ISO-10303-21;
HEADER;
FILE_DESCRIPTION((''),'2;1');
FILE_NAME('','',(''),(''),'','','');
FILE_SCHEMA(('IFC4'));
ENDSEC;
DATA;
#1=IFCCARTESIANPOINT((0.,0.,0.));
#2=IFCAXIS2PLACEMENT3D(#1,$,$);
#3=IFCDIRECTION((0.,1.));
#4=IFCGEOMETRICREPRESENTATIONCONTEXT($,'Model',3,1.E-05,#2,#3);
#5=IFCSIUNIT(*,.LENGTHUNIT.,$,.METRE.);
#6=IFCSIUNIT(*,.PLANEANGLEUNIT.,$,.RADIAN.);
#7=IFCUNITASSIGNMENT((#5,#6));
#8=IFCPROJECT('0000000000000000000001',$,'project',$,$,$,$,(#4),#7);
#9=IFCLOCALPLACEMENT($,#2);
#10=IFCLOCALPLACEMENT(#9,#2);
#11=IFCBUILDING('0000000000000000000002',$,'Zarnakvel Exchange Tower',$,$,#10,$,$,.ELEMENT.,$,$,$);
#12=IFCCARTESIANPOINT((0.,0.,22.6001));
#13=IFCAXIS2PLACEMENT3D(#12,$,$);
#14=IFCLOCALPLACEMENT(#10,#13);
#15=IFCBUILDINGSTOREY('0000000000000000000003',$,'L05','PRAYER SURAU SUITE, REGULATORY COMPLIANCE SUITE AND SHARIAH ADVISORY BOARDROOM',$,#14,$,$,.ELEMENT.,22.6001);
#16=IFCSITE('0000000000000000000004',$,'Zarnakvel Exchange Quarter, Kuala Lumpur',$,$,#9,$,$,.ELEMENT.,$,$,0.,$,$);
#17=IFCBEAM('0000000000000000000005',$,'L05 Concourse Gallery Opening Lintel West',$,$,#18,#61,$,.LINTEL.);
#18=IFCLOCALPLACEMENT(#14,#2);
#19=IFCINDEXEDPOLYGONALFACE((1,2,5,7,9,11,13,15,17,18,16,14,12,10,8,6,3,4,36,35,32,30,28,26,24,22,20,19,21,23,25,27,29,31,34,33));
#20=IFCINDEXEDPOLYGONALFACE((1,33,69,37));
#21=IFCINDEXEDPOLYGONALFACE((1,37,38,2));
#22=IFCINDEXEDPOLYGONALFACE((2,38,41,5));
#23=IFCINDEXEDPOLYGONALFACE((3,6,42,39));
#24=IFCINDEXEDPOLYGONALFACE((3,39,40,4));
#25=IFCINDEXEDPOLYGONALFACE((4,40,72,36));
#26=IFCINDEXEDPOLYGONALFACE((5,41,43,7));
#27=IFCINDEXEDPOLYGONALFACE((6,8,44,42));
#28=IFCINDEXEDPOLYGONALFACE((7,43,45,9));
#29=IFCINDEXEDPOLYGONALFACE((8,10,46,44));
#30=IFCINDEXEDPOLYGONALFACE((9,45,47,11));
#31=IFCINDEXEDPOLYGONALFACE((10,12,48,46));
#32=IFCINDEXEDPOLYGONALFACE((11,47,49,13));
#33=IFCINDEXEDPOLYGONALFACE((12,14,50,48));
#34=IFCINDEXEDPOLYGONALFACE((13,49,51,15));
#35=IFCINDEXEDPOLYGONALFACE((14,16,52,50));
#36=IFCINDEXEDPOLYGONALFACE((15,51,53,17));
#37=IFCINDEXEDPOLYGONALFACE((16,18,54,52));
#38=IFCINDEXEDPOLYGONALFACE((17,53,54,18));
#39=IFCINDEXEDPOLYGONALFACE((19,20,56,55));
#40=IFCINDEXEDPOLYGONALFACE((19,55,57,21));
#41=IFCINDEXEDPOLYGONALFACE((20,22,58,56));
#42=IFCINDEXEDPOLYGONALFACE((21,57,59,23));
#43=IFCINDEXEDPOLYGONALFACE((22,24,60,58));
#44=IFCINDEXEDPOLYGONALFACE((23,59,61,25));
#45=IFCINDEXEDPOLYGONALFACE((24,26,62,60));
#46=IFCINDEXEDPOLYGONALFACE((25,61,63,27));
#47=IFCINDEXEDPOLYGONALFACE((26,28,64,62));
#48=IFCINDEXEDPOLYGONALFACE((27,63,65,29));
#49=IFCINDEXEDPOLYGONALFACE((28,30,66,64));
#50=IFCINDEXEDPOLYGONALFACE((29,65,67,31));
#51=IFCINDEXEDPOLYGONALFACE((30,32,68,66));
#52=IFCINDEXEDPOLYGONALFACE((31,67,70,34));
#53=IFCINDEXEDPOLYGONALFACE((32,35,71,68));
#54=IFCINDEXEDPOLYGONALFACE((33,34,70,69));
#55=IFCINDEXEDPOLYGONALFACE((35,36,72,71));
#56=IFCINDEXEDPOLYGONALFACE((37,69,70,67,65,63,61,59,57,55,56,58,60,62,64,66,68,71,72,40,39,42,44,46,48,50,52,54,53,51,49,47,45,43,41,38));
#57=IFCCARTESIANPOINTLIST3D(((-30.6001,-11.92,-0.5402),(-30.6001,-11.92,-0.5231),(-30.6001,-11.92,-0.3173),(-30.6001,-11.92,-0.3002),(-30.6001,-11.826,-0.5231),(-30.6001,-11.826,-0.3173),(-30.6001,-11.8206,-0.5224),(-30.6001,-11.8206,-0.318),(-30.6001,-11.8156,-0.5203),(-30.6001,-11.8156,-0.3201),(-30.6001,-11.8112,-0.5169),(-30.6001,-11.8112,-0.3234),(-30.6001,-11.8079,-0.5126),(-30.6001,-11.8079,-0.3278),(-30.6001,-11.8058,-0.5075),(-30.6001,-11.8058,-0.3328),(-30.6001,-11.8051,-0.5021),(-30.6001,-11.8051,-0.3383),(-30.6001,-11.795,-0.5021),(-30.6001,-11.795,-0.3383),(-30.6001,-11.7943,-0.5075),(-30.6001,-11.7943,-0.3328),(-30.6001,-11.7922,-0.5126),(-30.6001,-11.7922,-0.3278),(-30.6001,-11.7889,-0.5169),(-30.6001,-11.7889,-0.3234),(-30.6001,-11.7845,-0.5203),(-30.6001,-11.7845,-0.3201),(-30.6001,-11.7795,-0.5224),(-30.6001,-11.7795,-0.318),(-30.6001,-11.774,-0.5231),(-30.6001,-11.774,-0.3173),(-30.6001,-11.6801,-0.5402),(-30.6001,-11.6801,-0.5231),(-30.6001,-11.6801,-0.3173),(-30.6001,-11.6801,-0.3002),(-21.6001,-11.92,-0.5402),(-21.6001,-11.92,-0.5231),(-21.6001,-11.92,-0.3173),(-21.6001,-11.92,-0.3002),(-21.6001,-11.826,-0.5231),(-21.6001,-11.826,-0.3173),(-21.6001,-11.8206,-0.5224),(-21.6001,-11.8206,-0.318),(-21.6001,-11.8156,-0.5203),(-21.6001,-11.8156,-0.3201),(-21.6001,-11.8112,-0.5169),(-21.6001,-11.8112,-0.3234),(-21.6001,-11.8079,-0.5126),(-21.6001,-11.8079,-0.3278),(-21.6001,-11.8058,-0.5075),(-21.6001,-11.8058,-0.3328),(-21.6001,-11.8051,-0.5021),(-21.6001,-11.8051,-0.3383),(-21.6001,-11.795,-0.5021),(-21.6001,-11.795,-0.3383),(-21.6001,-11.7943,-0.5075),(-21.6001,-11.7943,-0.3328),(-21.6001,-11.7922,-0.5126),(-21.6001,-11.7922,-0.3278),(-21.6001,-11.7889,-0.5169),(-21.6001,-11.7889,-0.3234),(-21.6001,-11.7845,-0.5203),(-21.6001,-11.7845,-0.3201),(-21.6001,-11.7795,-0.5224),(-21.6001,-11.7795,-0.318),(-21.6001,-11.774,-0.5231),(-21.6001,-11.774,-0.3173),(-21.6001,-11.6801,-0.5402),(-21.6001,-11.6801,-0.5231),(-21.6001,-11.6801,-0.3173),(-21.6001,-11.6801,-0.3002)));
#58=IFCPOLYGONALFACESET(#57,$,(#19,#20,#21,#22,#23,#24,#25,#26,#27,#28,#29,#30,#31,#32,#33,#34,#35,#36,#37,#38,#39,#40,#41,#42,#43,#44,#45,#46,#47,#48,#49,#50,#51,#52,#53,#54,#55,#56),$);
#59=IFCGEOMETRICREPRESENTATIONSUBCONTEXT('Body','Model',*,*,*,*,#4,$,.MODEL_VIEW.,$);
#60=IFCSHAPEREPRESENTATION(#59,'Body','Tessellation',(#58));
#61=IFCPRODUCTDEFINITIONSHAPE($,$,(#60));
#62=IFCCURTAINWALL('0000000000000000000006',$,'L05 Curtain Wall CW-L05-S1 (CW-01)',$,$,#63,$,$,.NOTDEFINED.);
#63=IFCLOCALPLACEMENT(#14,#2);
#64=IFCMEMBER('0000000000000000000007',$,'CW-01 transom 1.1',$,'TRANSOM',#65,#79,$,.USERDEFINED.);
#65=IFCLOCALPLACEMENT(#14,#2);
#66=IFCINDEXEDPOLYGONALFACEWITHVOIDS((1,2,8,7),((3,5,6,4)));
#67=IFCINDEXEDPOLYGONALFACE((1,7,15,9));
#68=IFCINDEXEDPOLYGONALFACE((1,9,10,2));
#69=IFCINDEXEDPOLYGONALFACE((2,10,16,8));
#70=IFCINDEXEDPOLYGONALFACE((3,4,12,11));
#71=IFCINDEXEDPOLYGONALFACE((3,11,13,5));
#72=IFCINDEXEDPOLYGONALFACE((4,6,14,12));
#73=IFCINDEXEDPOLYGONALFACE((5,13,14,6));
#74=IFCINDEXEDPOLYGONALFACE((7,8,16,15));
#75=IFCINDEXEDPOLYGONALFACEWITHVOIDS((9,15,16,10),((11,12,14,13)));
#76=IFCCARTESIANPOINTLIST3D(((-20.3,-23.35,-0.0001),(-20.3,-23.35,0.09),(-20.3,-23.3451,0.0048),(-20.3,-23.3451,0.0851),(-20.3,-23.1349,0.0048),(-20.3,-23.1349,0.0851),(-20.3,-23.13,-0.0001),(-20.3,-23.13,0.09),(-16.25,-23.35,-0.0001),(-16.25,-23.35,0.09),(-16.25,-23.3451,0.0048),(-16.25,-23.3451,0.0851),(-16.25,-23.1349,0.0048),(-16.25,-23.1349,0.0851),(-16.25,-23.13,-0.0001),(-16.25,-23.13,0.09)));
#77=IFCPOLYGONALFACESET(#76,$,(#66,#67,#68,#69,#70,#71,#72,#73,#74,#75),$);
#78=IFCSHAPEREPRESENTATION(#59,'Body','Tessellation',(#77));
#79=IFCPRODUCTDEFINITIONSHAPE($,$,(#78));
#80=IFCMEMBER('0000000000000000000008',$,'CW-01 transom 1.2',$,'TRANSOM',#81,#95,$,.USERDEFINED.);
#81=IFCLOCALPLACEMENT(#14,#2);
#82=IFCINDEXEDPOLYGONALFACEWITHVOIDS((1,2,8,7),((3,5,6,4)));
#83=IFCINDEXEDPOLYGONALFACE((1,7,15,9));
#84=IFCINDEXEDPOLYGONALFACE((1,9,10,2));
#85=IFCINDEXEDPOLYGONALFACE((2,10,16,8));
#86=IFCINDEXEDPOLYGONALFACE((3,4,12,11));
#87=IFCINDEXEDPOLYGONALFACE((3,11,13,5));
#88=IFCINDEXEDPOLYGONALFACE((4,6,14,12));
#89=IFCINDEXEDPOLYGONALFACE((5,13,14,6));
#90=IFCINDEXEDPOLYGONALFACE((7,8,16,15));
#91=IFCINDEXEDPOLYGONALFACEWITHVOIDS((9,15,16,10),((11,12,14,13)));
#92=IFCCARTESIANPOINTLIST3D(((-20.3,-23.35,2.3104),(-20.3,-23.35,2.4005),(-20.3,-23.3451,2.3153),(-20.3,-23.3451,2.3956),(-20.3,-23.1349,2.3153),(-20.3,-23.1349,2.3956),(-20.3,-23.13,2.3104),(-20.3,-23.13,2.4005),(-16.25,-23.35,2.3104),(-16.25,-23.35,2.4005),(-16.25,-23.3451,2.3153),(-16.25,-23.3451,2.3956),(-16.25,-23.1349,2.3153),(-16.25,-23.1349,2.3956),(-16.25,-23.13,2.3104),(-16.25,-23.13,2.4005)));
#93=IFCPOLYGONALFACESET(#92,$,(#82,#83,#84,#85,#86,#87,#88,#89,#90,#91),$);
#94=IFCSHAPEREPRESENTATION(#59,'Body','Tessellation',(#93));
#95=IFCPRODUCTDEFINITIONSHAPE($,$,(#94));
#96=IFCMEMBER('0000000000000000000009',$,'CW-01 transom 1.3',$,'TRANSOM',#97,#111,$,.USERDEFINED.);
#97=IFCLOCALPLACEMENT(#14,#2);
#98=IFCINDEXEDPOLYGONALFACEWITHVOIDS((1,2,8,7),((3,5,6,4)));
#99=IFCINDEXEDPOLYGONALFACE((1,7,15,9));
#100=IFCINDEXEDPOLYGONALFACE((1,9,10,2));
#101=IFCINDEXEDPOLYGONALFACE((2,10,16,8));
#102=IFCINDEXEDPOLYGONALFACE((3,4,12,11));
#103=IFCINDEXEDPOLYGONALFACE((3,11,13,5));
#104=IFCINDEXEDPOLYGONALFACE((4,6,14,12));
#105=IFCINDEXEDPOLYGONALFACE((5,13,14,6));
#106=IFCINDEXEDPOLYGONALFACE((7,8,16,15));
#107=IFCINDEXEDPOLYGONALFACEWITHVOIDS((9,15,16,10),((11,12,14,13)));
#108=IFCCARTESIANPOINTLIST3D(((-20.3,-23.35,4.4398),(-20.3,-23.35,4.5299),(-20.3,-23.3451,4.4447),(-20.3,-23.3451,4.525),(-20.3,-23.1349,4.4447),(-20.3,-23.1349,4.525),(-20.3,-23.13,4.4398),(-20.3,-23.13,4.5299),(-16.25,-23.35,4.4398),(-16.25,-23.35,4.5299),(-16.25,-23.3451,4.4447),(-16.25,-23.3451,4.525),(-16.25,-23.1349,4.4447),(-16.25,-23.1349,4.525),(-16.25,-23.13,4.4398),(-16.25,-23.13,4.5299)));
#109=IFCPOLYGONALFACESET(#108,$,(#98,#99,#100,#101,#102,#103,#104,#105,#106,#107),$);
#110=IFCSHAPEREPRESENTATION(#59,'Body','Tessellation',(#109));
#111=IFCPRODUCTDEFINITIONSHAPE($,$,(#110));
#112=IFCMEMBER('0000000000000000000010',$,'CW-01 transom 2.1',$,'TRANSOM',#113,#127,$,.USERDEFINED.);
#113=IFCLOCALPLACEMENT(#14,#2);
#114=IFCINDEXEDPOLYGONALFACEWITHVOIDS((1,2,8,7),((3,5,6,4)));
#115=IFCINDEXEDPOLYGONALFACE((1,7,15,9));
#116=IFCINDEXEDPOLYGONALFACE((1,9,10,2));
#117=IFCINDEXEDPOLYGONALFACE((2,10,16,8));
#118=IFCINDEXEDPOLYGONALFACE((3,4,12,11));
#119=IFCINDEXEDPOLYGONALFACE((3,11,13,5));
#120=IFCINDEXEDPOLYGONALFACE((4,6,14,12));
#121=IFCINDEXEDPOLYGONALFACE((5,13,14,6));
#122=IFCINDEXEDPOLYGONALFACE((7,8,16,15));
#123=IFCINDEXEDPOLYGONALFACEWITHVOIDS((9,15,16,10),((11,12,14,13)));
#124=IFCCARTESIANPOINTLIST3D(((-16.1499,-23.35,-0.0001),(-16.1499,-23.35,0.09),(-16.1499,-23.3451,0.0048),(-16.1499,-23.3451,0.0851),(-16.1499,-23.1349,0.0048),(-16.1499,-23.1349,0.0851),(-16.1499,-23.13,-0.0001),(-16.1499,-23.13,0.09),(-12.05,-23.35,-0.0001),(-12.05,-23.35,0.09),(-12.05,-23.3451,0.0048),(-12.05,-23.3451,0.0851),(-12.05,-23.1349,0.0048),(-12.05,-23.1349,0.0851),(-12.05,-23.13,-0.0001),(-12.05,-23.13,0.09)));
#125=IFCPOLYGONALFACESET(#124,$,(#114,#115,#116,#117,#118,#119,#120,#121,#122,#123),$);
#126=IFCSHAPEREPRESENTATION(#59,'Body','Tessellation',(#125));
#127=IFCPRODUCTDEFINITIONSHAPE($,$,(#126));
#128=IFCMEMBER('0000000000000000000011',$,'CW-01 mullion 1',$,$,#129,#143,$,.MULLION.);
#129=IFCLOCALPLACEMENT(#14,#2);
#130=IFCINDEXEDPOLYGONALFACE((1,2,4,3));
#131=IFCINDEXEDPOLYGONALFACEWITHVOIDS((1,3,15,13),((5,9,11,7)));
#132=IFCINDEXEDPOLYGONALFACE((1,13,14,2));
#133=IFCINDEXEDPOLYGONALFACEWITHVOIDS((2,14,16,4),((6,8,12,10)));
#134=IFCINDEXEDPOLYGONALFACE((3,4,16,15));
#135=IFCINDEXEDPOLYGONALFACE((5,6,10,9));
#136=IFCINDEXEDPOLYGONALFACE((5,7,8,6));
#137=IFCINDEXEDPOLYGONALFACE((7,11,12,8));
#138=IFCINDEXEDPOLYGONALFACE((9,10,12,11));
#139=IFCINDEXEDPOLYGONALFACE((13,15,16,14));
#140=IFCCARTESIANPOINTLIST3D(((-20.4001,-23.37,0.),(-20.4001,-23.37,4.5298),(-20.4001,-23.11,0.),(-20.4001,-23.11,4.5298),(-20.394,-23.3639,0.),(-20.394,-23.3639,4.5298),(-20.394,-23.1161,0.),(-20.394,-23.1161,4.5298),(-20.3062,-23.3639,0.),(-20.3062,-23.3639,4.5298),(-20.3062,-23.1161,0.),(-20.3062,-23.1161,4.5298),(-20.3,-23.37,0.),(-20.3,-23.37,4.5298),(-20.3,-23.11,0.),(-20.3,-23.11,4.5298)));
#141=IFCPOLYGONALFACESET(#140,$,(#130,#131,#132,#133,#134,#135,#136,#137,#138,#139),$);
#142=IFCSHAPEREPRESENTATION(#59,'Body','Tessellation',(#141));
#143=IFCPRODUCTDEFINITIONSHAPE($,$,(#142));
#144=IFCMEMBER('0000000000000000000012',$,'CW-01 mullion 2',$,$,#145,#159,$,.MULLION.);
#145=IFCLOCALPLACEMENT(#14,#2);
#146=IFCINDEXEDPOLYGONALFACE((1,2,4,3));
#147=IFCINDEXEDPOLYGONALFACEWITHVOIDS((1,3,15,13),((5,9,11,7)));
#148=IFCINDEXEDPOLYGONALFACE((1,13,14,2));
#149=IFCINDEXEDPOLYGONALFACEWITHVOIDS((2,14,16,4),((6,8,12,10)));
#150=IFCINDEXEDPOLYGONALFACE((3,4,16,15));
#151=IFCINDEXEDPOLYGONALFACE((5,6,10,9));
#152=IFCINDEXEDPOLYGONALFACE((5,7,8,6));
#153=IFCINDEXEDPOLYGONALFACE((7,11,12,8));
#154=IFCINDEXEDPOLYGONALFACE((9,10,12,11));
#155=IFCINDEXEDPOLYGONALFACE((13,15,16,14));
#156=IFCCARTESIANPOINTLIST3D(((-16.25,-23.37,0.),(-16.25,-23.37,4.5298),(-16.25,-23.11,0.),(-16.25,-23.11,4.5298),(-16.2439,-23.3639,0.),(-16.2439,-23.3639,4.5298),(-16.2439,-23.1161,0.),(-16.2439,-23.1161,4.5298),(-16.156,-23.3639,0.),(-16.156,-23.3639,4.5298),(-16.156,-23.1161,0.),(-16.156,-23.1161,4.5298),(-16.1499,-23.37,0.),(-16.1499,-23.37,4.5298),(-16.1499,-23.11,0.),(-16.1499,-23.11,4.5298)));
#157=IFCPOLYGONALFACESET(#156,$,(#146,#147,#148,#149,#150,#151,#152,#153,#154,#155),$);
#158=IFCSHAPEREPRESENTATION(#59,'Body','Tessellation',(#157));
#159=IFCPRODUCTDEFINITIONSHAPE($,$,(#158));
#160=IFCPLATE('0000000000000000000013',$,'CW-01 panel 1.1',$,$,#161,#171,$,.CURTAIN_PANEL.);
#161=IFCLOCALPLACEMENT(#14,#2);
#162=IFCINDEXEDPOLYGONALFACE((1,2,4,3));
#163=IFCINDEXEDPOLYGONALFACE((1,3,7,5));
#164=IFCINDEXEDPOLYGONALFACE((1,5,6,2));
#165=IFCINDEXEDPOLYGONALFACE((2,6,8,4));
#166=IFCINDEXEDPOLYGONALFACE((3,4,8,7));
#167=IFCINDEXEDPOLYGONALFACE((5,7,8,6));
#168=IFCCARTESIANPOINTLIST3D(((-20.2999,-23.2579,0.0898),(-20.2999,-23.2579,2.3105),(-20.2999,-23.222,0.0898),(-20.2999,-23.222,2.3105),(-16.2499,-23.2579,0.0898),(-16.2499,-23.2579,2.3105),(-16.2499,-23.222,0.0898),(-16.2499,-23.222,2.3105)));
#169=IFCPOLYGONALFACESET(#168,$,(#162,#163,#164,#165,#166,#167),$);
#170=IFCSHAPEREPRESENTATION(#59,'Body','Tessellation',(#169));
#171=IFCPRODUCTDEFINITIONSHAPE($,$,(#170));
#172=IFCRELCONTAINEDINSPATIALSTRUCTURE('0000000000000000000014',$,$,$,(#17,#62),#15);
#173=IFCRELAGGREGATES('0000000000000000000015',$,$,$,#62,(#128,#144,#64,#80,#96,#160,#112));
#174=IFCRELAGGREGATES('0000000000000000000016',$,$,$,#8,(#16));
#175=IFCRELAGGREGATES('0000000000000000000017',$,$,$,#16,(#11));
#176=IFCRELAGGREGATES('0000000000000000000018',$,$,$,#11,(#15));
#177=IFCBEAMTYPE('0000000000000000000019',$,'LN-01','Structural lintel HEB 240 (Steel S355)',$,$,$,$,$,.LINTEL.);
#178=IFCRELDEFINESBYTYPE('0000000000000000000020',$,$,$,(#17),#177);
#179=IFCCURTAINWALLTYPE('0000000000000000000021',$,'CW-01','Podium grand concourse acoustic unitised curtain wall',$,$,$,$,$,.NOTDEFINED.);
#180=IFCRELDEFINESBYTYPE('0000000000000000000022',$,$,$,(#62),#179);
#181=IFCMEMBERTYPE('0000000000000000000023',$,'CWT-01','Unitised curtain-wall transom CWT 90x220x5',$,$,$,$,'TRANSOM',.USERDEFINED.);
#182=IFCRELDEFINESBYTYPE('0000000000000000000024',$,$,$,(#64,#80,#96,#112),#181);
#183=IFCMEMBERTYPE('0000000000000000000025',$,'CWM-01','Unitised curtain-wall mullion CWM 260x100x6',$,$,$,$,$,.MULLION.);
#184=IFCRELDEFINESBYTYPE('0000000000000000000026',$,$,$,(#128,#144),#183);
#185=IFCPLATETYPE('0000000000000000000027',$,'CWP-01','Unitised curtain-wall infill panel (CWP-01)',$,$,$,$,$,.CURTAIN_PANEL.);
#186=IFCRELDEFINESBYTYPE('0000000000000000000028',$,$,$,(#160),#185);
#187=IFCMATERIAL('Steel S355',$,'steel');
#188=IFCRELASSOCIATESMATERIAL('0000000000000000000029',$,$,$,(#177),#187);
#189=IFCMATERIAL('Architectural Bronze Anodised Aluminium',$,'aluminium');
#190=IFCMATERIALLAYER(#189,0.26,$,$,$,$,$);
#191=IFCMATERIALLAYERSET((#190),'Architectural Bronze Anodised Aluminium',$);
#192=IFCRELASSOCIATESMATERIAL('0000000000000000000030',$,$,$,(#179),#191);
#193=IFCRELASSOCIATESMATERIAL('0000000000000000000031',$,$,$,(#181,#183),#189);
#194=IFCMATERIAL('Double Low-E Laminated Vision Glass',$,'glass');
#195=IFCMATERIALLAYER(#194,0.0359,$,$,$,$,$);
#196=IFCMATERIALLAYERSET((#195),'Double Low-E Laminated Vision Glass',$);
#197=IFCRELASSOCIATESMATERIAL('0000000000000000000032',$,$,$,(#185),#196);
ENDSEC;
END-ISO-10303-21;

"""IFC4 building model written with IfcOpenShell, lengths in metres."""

from ifc_helpers import new_model, si_unit, direction, frame, origin, origin_2d, place, context, subcontext, project, spatial, rectangle, hollow_rectangle, i_section, extrude, source, transform, mapped, material, layer, layer_set, material_profile, profile_set, type_object, element, aggregate, save


model = new_model("IFC4")

# Units and contexts
model_context = context("Model", 3, precision=1e-05, world=origin(), true_north=direction((0.0, 1.0)))
body_context = subcontext(model_context, "Body", "Model", "MODEL_VIEW")
ifc_project = project(units=[si_unit("LENGTHUNIT", "METRE"), si_unit("PLANEANGLEUNIT", "RADIAN")], contexts=[model_context])

# Site, building, storey
site_placement = place(None, origin())
site = spatial("IfcSite", under=ifc_project, at=site_placement, Name="Zarnakvel Exchange Quarter, Kuala Lumpur", CompositionType="ELEMENT", RefElevation=0.0)
building_placement = place(site_placement, origin())
building = spatial("IfcBuilding", under=site, at=building_placement, Name="Zarnakvel Exchange Tower", CompositionType="ELEMENT")
storey_placement = place(building_placement, frame((0.0, 0.0, 22.6001)))
storey = spatial("IfcBuildingStorey", under=building, at=storey_placement, Name="L05", Description="PRAYER SURAU SUITE, REGULATORY COMPLIANCE SUITE AND SHARIAH ADVISORY BOARDROOM", CompositionType="ELEMENT", Elevation=22.6001)

# Beam
ifc_material_1 = material(Name="Steel S355", Category="steel")
ifc_material_profile_1 = material_profile(ifc_material_1, i_section(OverallWidth=0.24, OverallDepth=0.24, WebThickness=0.01, FlangeThickness=0.0171, FilletRadius=0.021, at=origin_2d()))
ifc_profile_set_1 = profile_set([ifc_material_profile_1], Name="Steel S355")
beam_type_1 = type_object("IfcBeamType", Name="LN-01", Description="Structural lintel HEB 240 (Steel S355)", PredefinedType="LINTEL", material=ifc_profile_set_1)
beam_1_placement = place(storey_placement, frame((-30.6001, -11.8, -0.4202), z_axis=(1.0, 0.0, 0.0), x_axis=(0.0, 1.0, 0.0)))
element("IfcBeam", 1, at=beam_1_placement, inside=storey, type_object=beam_type_1, Name="L05 Concourse Gallery Opening Lintel West", PredefinedType="LINTEL", context=body_context, shape_type="SweptSolid", body=[
    extrude(i_section(OverallWidth=0.24, OverallDepth=0.24, WebThickness=0.01, FlangeThickness=0.0171, FilletRadius=0.021, at=origin_2d()), origin(), (0.0, 0.0, 1.0), 9.0),
])

# Curtain wall, members, plate
ifc_material_2 = material(Name="Architectural Bronze Anodised Aluminium", Category="aluminium")
ifc_layer_1 = layer(ifc_material_2, 0.26)
ifc_layer_set_1 = layer_set([ifc_layer_1], Name="Architectural Bronze Anodised Aluminium")
curtain_wall_type = type_object("IfcCurtainWallType", Name="CW-01", Description="Podium grand concourse acoustic unitised curtain wall", PredefinedType="NOTDEFINED", material=ifc_layer_set_1)
curtain_wall_placement = place(storey_placement, origin())
curtain_wall = element("IfcCurtainWall", 2, at=curtain_wall_placement, inside=storey, type_object=curtain_wall_type, Name="L05 Curtain Wall CW-L05-S1 (CW-01)", PredefinedType="NOTDEFINED")
ifc_material_profile_2 = material_profile(ifc_material_2, hollow_rectangle(XDim=0.22, YDim=0.0901, WallThickness=0.0049, at=origin_2d()))
ifc_profile_set_2 = profile_set([ifc_material_profile_2], Name="Architectural Bronze Anodised Aluminium")
member_type_1 = type_object("IfcMemberType", Name="CWT-01", Description="Unitised curtain-wall transom CWT 90x220x5", ElementType="TRANSOM", PredefinedType="USERDEFINED", material=ifc_profile_set_2)
shared_shape_1 = source(origin(), body_context, "Body", "SweptSolid", [
    extrude(hollow_rectangle(XDim=0.22, YDim=0.0901, WallThickness=0.0049, at=origin_2d()), origin(), (0.0, 0.0, 1.0), 4.05),
])
member_1_placement = place(storey_placement, frame((-20.3, -23.24, 0.0449), z_axis=(1.0, 0.0, 0.0), x_axis=(0.0, 1.0, 0.0)))
member_1 = element("IfcMember", 3, at=member_1_placement, type_object=member_type_1, Name="CW-01 transom 1.1", ObjectType="TRANSOM", PredefinedType="USERDEFINED", context=body_context, shape_type="MappedRepresentation", body=[
    mapped(shared_shape_1, transform((0.0, 0.0, 0.0), x_axis=(1.0, 0.0, 0.0), y_axis=(0.0, 1.0, 0.0), z_axis=(0.0, 0.0, 1.0), scale=1.0)),
])
member_2_placement = place(storey_placement, frame((-20.3, -23.24, 2.3555), z_axis=(1.0, 0.0, 0.0), x_axis=(0.0, 1.0, 0.0)))
member_2 = element("IfcMember", 4, at=member_2_placement, type_object=member_type_1, Name="CW-01 transom 1.2", ObjectType="TRANSOM", PredefinedType="USERDEFINED", context=body_context, shape_type="MappedRepresentation", body=[
    mapped(shared_shape_1, transform((0.0, 0.0, 0.0), x_axis=(1.0, 0.0, 0.0), y_axis=(0.0, 1.0, 0.0), z_axis=(0.0, 0.0, 1.0), scale=1.0)),
])
member_3_placement = place(storey_placement, frame((-20.3, -23.24, 4.4849), z_axis=(1.0, 0.0, 0.0), x_axis=(0.0, 1.0, 0.0)))
member_3 = element("IfcMember", 5, at=member_3_placement, type_object=member_type_1, Name="CW-01 transom 1.3", ObjectType="TRANSOM", PredefinedType="USERDEFINED", context=body_context, shape_type="MappedRepresentation", body=[
    mapped(shared_shape_1, transform((0.0, 0.0, 0.0), x_axis=(1.0, 0.0, 0.0), y_axis=(0.0, 1.0, 0.0), z_axis=(0.0, 0.0, 1.0), scale=1.0)),
])
shared_shape_2 = source(origin(), body_context, "Body", "SweptSolid", [
    extrude(hollow_rectangle(XDim=0.22, YDim=0.0901, WallThickness=0.0049, at=origin_2d()), origin(), (0.0, 0.0, 1.0), 4.0999),
])
member_4_placement = place(storey_placement, frame((-16.1499, -23.24, 0.0449), z_axis=(1.0, 0.0, 0.0), x_axis=(0.0, 1.0, 0.0)))
member_4 = element("IfcMember", 6, at=member_4_placement, type_object=member_type_1, Name="CW-01 transom 2.1", ObjectType="TRANSOM", PredefinedType="USERDEFINED", context=body_context, shape_type="MappedRepresentation", body=[
    mapped(shared_shape_2, transform((0.0, 0.0, 0.0), x_axis=(1.0, 0.0, 0.0), y_axis=(0.0, 1.0, 0.0), z_axis=(0.0, 0.0, 1.0), scale=1.0)),
])
ifc_material_profile_3 = material_profile(ifc_material_2, hollow_rectangle(XDim=0.26, YDim=0.1001, WallThickness=0.0061, at=origin_2d()))
ifc_profile_set_3 = profile_set([ifc_material_profile_3], Name="Architectural Bronze Anodised Aluminium")
member_type_2 = type_object("IfcMemberType", Name="CWM-01", Description="Unitised curtain-wall mullion CWM 260x100x6", PredefinedType="MULLION", material=ifc_profile_set_3)
shared_shape_3 = source(origin(), body_context, "Body", "SweptSolid", [
    extrude(hollow_rectangle(XDim=0.26, YDim=0.1001, WallThickness=0.0061, at=origin_2d()), origin(), (0.0, 0.0, 1.0), 4.5298),
])
member_5_placement = place(storey_placement, frame((-20.3501, -23.24, 0.0), z_axis=(0.0, 0.0, 1.0), x_axis=(0.0, 1.0, 0.0)))
member_5 = element("IfcMember", 7, at=member_5_placement, type_object=member_type_2, Name="CW-01 mullion 1", PredefinedType="MULLION", context=body_context, shape_type="MappedRepresentation", body=[
    mapped(shared_shape_3, transform((0.0, 0.0, 0.0), x_axis=(1.0, 0.0, 0.0), y_axis=(0.0, 1.0, 0.0), z_axis=(0.0, 0.0, 1.0), scale=1.0)),
])
member_6_placement = place(storey_placement, frame((-16.2, -23.24, 0.0), z_axis=(0.0, 0.0, 1.0), x_axis=(0.0, 1.0, 0.0)))
member_6 = element("IfcMember", 8, at=member_6_placement, type_object=member_type_2, Name="CW-01 mullion 2", PredefinedType="MULLION", context=body_context, shape_type="MappedRepresentation", body=[
    mapped(shared_shape_3, transform((0.0, 0.0, 0.0), x_axis=(1.0, 0.0, 0.0), y_axis=(0.0, 1.0, 0.0), z_axis=(0.0, 0.0, 1.0), scale=1.0)),
])
ifc_material_3 = material(Name="Double Low-E Laminated Vision Glass", Category="glass")
ifc_layer_2 = layer(ifc_material_3, 0.0359)
ifc_layer_set_2 = layer_set([ifc_layer_2], Name="Double Low-E Laminated Vision Glass")
plate_type = type_object("IfcPlateType", Name="CWP-01", Description="Unitised curtain-wall infill panel (CWP-01)", PredefinedType="CURTAIN_PANEL", material=ifc_layer_set_2)
shared_shape_4 = source(origin(), body_context, "Body", "SweptSolid", [
    extrude(rectangle(XDim=4.05, YDim=0.0359, at=origin_2d()), origin(), (0.0, 0.0, 1.0), 2.2207),
])
plate_1_placement = place(storey_placement, frame((-18.2749, -23.24, 0.0898), z_axis=(0.0, 0.0, 1.0), x_axis=(1.0, 0.0, 0.0)))
plate_1 = element("IfcPlate", 9, at=plate_1_placement, type_object=plate_type, Name="CW-01 panel 1.1", PredefinedType="CURTAIN_PANEL", context=body_context, shape_type="MappedRepresentation", body=[
    mapped(shared_shape_4, transform((0.0, 0.0, 0.0), x_axis=(1.0, 0.0, 0.0), y_axis=(0.0, 1.0, 0.0), z_axis=(0.0, 0.0, 1.0), scale=1.0)),
])
aggregate(curtain_wall, [member_5, member_6, member_1, member_2, member_3, plate_1, member_4])

save(model, "model.ifc")
